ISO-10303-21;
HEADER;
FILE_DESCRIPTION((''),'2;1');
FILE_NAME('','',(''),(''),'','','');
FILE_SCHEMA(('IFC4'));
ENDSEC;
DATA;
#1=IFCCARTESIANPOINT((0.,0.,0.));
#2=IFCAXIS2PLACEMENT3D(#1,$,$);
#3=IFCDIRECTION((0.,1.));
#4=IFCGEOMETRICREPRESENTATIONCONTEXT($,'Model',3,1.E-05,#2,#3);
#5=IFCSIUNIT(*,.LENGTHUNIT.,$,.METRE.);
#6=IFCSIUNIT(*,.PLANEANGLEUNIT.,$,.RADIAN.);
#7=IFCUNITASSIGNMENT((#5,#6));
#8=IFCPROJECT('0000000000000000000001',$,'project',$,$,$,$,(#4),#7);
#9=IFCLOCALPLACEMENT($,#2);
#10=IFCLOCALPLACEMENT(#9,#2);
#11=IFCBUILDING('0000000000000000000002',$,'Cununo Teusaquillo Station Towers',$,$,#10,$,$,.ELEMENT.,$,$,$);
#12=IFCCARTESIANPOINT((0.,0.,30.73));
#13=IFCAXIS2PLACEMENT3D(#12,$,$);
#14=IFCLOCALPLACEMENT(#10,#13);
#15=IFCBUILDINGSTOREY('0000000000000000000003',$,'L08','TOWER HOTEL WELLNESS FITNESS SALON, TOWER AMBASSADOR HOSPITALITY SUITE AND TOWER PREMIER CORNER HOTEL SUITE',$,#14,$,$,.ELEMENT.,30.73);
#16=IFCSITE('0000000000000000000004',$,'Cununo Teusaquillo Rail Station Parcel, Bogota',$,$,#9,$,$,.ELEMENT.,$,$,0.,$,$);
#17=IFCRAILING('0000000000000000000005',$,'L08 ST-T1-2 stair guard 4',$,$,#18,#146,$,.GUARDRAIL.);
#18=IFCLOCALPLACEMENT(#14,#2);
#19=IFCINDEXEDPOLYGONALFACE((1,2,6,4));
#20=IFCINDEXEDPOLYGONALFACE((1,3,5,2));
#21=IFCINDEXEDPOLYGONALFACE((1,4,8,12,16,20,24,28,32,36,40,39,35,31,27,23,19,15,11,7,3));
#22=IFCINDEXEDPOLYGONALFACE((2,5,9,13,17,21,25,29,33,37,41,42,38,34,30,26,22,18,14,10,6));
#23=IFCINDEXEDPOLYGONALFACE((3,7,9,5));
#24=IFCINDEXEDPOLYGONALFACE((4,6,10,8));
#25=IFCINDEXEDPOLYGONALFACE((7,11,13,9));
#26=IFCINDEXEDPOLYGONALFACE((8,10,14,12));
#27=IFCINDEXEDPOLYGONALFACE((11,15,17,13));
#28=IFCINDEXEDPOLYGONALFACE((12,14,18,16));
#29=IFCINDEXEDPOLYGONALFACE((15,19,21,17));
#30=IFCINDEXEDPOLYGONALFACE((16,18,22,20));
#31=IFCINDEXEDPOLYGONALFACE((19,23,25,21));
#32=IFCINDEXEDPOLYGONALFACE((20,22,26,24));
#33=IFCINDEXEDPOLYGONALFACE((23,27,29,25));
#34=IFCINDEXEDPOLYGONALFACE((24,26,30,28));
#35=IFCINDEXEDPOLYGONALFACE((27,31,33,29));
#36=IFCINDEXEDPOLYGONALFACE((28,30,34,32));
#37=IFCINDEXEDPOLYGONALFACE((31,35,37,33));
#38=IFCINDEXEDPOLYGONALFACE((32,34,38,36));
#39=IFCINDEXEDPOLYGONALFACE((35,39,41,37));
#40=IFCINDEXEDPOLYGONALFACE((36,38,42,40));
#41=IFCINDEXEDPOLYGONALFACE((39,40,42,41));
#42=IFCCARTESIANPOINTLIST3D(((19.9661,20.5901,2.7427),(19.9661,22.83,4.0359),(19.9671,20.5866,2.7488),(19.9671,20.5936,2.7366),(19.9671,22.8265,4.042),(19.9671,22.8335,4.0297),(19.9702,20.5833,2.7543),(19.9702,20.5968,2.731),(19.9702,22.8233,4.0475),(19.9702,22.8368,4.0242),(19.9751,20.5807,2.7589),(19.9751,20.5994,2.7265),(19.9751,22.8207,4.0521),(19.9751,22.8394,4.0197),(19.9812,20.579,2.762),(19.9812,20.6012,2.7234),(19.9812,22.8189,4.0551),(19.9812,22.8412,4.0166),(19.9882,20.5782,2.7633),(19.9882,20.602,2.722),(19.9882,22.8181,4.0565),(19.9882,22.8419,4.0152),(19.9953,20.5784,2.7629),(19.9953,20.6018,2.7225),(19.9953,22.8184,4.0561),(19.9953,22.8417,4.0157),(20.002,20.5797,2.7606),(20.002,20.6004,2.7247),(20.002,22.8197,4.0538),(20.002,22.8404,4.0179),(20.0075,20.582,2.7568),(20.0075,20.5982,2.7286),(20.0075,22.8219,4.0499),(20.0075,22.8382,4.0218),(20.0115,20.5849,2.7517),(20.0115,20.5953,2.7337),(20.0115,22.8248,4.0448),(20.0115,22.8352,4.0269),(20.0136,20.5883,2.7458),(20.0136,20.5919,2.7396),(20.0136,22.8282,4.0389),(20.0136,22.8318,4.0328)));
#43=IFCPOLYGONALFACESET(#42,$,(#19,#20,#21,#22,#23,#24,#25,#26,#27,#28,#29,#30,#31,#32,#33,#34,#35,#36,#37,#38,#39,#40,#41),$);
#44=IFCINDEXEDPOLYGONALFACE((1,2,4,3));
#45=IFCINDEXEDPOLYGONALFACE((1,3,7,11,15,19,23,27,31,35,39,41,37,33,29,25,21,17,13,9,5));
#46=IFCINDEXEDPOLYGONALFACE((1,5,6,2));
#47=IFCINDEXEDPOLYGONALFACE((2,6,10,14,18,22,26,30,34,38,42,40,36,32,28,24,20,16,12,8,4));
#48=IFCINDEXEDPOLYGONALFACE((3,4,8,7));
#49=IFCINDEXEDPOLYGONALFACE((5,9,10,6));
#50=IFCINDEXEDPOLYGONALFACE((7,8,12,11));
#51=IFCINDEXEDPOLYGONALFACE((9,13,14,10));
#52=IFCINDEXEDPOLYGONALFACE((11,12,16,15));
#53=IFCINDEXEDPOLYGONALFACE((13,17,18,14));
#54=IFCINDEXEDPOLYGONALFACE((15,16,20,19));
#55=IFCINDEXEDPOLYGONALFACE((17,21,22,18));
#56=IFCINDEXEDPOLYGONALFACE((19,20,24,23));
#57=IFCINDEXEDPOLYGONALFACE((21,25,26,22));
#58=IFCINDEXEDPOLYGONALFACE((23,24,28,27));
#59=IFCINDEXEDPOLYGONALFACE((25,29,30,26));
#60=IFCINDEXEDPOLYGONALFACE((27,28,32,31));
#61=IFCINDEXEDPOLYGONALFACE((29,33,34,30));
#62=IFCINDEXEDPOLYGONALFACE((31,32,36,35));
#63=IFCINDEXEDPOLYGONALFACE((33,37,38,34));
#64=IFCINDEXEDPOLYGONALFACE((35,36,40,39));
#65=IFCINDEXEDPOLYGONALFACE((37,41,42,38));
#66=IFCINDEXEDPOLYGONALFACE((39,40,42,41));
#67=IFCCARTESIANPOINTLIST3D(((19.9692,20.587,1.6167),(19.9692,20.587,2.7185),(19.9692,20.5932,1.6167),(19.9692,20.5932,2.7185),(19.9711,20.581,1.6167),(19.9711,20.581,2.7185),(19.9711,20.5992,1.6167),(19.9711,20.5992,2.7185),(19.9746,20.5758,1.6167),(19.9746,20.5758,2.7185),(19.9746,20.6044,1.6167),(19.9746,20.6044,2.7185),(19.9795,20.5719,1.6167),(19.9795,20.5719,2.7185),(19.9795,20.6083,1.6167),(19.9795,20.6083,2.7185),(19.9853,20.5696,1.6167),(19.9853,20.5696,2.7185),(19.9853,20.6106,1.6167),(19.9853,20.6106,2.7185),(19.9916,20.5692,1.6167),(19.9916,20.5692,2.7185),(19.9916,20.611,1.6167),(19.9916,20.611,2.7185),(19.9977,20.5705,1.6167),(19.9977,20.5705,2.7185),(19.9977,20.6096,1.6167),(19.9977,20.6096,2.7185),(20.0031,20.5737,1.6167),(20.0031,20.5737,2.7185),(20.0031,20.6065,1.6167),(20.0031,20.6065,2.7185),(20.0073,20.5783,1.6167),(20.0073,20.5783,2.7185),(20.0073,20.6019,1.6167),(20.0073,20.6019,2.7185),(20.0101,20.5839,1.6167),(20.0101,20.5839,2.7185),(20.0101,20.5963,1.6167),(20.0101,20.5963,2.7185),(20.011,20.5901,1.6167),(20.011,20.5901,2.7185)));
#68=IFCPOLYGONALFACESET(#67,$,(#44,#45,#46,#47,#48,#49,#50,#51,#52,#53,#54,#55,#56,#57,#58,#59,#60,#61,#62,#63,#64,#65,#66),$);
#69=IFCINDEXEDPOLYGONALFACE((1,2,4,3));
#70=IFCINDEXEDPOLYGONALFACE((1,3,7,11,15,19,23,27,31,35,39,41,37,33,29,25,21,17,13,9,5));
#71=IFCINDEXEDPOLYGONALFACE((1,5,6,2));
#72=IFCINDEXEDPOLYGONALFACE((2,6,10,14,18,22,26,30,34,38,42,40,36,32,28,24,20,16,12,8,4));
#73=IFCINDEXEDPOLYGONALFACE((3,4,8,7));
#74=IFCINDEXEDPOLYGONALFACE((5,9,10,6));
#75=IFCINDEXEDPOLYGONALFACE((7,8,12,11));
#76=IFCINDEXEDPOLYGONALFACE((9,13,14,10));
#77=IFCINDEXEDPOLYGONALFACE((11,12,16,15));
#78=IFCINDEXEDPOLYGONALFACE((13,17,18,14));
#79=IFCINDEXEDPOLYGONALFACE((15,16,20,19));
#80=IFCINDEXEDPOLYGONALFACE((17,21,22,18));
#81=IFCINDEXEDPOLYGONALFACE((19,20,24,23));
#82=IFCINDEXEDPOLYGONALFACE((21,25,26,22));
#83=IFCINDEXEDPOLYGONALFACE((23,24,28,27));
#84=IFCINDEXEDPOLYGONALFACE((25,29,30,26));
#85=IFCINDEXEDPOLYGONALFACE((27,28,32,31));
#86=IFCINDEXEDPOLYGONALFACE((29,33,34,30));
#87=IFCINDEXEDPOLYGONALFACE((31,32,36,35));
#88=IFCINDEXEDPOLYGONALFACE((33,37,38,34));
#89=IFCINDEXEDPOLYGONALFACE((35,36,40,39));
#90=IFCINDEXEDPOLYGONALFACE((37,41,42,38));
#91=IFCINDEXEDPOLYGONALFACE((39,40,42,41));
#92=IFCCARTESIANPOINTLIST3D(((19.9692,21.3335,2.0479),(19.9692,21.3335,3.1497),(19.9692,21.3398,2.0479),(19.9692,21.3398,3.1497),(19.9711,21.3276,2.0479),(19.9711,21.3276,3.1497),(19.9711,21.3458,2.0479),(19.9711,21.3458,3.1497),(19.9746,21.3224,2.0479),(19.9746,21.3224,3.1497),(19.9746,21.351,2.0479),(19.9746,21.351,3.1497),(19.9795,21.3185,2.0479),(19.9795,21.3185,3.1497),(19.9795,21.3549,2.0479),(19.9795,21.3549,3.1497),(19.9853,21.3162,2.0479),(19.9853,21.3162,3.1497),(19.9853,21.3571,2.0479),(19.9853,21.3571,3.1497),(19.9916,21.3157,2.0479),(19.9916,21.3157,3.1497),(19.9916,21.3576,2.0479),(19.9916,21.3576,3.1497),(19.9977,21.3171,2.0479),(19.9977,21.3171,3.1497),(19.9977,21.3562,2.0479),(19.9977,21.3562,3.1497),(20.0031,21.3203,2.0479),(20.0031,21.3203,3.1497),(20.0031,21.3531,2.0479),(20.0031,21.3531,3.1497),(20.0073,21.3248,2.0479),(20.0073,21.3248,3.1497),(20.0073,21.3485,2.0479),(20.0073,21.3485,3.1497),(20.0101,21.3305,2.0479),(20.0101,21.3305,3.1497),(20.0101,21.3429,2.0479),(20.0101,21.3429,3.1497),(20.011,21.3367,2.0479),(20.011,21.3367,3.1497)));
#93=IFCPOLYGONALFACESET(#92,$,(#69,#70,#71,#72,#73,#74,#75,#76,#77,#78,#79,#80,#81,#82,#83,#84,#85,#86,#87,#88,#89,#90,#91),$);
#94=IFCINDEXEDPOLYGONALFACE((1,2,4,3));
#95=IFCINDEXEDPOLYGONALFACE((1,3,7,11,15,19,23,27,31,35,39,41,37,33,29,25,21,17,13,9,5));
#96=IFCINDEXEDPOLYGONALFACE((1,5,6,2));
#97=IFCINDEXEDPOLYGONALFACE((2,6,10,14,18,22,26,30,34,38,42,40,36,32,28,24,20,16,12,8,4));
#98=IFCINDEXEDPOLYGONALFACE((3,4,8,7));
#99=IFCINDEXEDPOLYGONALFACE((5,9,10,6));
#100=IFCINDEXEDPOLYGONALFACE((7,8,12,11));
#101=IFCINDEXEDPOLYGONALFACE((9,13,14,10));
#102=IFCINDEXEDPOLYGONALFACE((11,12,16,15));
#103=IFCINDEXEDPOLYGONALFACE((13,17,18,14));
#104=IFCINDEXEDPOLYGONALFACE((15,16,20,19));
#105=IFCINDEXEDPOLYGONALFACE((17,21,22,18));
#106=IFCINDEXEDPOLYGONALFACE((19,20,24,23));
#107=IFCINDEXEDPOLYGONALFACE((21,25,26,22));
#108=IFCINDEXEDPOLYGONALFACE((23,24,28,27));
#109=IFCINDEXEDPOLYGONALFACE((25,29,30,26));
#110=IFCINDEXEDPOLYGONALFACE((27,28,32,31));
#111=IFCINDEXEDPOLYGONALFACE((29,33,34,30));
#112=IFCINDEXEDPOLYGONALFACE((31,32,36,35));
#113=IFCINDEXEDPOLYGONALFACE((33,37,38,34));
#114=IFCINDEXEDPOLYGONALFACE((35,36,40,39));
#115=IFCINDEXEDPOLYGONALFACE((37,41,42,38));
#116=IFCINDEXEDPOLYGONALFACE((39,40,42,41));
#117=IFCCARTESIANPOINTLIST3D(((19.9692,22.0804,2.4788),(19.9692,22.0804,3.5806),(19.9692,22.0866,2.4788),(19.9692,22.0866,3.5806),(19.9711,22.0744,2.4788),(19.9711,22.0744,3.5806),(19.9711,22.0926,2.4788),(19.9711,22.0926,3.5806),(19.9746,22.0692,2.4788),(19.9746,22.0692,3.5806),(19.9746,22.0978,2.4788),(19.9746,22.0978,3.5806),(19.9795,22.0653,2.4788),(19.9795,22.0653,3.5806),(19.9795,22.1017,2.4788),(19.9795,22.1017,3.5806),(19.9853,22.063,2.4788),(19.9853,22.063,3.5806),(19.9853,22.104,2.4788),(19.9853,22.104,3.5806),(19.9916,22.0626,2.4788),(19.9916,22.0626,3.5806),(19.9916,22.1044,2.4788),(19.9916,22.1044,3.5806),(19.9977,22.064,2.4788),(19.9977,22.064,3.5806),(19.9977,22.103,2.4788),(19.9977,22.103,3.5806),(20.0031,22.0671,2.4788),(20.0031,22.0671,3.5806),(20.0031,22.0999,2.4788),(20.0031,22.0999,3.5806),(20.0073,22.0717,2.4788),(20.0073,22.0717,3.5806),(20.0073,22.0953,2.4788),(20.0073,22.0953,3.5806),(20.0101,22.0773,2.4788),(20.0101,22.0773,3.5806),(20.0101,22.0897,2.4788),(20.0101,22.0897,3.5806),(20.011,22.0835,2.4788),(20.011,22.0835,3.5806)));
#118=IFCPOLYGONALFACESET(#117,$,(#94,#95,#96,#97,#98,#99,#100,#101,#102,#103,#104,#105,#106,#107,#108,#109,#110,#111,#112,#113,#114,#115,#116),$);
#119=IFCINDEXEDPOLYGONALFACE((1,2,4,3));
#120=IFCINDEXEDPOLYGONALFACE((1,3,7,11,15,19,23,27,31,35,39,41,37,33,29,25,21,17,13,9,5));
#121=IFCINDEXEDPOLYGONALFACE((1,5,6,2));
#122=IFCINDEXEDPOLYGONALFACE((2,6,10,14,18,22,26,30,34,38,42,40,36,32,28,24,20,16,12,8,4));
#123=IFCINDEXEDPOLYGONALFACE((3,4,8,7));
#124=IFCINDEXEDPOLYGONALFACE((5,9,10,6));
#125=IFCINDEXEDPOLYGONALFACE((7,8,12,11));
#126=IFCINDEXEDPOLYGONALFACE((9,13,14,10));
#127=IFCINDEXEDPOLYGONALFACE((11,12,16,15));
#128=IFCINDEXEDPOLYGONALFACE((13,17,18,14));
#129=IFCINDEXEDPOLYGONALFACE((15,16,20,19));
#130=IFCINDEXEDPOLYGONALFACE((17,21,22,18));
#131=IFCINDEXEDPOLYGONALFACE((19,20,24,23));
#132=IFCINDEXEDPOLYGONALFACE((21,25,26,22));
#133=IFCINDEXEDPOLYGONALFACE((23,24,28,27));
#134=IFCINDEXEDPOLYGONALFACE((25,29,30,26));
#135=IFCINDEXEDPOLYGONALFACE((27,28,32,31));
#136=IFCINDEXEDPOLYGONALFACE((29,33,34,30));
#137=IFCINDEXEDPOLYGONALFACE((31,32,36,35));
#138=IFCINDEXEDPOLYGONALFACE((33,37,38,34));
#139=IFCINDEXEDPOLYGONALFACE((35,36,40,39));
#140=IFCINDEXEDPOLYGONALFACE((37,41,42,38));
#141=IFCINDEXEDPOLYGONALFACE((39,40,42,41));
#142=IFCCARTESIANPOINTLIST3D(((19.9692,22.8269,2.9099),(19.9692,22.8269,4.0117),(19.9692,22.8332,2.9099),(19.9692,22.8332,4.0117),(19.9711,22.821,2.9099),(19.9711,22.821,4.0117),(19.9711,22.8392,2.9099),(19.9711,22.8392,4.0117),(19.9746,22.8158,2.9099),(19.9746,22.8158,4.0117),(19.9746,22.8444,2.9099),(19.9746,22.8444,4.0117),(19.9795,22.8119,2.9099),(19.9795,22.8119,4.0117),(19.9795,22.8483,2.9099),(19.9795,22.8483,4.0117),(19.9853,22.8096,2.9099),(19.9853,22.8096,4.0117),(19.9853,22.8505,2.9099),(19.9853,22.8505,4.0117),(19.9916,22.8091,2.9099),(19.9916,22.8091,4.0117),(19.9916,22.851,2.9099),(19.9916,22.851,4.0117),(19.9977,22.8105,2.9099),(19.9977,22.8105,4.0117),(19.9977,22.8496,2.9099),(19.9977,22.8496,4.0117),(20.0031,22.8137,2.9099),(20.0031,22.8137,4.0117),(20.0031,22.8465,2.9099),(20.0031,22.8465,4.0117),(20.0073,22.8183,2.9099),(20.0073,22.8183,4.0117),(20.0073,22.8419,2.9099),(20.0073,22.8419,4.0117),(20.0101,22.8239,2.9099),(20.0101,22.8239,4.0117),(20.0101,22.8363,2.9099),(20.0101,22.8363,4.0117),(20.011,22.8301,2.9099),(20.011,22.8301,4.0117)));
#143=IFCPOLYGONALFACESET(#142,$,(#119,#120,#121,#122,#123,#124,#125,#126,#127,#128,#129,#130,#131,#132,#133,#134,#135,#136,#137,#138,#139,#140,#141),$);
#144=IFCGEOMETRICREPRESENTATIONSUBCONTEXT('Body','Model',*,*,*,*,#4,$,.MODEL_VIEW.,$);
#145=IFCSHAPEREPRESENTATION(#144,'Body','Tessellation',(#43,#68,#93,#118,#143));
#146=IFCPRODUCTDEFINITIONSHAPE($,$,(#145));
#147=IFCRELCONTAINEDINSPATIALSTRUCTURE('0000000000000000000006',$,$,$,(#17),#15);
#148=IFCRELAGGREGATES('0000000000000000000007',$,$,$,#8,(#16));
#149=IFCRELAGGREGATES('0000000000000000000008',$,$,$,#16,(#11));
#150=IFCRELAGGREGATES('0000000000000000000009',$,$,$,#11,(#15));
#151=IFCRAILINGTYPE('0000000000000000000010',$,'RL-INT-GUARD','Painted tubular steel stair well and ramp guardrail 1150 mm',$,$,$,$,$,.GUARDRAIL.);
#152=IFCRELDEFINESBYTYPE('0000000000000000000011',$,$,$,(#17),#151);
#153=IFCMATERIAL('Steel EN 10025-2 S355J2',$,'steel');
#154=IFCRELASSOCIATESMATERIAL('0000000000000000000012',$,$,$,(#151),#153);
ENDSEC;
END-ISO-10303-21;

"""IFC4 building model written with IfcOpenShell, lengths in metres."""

from ifc_helpers import new_model, si_unit, direction, frame, origin, origin_2d, place, context, subcontext, project, spatial, circle, extrude, material, type_object, element, save


model = new_model("IFC4")

# Units and contexts
model_context = context("Model", 3, precision=1e-05, world=origin(), true_north=direction((0.0, 1.0)))
body_context = subcontext(model_context, "Body", "Model", "MODEL_VIEW")
ifc_project = project(units=[si_unit("LENGTHUNIT", "METRE"), si_unit("PLANEANGLEUNIT", "RADIAN")], contexts=[model_context])

# Site, building, storey
site_placement = place(None, origin())
site = spatial("IfcSite", under=ifc_project, at=site_placement, Name="Cununo Teusaquillo Rail Station Parcel, Bogota", CompositionType="ELEMENT", RefElevation=0.0)
building_placement = place(site_placement, origin())
building = spatial("IfcBuilding", under=site, at=building_placement, Name="Cununo Teusaquillo Station Towers", CompositionType="ELEMENT")
storey_placement = place(building_placement, frame((0.0, 0.0, 30.73)))
storey = spatial("IfcBuildingStorey", under=building, at=storey_placement, Name="L08", Description="TOWER HOTEL WELLNESS FITNESS SALON, TOWER AMBASSADOR HOSPITALITY SUITE AND TOWER PREMIER CORNER HOTEL SUITE", CompositionType="ELEMENT", Elevation=30.73)

# Railing
ifc_material_1 = material(Name="Steel EN 10025-2 S355J2", Category="steel")
railing_type_1 = type_object("IfcRailingType", Name="RL-INT-GUARD", Description="Painted tubular steel stair well and ramp guardrail 1150 mm", PredefinedType="GUARDRAIL", material=ifc_material_1)
railing_1_placement = place(storey_placement, frame((19.99, 20.5901, 1.6167)))
element("IfcRailing", 1, at=railing_1_placement, inside=storey, type_object=railing_type_1, Name="L08 ST-T1-2 stair guard 4", PredefinedType="GUARDRAIL", context=body_context, shape_type="SweptSolid", body=[
    extrude(circle(Radius=0.0239, at=origin_2d()), frame((0.0, 0.0, 1.126), z_axis=(0.0, 0.866033, 0.499987), x_axis=(-1.0, 0.0, 0.0)), (0.0, 0.0, 1.0), 2.5864),
    extrude(circle(Radius=0.021, at=origin_2d()), origin(), (0.0, 0.0, 1.0), 1.1018),
    extrude(circle(Radius=0.021, at=origin_2d()), frame((0.0, 0.7466, 0.4312)), (0.0, 0.0, 1.0), 1.1018),
    extrude(circle(Radius=0.021, at=origin_2d()), frame((0.0, 1.4934, 0.8621)), (0.0, 0.0, 1.0), 1.1018),
    extrude(circle(Radius=0.021, at=origin_2d()), frame((0.0, 2.24, 1.2932)), (0.0, 0.0, 1.0), 1.1018),
])

save(model, "model.ifc")
